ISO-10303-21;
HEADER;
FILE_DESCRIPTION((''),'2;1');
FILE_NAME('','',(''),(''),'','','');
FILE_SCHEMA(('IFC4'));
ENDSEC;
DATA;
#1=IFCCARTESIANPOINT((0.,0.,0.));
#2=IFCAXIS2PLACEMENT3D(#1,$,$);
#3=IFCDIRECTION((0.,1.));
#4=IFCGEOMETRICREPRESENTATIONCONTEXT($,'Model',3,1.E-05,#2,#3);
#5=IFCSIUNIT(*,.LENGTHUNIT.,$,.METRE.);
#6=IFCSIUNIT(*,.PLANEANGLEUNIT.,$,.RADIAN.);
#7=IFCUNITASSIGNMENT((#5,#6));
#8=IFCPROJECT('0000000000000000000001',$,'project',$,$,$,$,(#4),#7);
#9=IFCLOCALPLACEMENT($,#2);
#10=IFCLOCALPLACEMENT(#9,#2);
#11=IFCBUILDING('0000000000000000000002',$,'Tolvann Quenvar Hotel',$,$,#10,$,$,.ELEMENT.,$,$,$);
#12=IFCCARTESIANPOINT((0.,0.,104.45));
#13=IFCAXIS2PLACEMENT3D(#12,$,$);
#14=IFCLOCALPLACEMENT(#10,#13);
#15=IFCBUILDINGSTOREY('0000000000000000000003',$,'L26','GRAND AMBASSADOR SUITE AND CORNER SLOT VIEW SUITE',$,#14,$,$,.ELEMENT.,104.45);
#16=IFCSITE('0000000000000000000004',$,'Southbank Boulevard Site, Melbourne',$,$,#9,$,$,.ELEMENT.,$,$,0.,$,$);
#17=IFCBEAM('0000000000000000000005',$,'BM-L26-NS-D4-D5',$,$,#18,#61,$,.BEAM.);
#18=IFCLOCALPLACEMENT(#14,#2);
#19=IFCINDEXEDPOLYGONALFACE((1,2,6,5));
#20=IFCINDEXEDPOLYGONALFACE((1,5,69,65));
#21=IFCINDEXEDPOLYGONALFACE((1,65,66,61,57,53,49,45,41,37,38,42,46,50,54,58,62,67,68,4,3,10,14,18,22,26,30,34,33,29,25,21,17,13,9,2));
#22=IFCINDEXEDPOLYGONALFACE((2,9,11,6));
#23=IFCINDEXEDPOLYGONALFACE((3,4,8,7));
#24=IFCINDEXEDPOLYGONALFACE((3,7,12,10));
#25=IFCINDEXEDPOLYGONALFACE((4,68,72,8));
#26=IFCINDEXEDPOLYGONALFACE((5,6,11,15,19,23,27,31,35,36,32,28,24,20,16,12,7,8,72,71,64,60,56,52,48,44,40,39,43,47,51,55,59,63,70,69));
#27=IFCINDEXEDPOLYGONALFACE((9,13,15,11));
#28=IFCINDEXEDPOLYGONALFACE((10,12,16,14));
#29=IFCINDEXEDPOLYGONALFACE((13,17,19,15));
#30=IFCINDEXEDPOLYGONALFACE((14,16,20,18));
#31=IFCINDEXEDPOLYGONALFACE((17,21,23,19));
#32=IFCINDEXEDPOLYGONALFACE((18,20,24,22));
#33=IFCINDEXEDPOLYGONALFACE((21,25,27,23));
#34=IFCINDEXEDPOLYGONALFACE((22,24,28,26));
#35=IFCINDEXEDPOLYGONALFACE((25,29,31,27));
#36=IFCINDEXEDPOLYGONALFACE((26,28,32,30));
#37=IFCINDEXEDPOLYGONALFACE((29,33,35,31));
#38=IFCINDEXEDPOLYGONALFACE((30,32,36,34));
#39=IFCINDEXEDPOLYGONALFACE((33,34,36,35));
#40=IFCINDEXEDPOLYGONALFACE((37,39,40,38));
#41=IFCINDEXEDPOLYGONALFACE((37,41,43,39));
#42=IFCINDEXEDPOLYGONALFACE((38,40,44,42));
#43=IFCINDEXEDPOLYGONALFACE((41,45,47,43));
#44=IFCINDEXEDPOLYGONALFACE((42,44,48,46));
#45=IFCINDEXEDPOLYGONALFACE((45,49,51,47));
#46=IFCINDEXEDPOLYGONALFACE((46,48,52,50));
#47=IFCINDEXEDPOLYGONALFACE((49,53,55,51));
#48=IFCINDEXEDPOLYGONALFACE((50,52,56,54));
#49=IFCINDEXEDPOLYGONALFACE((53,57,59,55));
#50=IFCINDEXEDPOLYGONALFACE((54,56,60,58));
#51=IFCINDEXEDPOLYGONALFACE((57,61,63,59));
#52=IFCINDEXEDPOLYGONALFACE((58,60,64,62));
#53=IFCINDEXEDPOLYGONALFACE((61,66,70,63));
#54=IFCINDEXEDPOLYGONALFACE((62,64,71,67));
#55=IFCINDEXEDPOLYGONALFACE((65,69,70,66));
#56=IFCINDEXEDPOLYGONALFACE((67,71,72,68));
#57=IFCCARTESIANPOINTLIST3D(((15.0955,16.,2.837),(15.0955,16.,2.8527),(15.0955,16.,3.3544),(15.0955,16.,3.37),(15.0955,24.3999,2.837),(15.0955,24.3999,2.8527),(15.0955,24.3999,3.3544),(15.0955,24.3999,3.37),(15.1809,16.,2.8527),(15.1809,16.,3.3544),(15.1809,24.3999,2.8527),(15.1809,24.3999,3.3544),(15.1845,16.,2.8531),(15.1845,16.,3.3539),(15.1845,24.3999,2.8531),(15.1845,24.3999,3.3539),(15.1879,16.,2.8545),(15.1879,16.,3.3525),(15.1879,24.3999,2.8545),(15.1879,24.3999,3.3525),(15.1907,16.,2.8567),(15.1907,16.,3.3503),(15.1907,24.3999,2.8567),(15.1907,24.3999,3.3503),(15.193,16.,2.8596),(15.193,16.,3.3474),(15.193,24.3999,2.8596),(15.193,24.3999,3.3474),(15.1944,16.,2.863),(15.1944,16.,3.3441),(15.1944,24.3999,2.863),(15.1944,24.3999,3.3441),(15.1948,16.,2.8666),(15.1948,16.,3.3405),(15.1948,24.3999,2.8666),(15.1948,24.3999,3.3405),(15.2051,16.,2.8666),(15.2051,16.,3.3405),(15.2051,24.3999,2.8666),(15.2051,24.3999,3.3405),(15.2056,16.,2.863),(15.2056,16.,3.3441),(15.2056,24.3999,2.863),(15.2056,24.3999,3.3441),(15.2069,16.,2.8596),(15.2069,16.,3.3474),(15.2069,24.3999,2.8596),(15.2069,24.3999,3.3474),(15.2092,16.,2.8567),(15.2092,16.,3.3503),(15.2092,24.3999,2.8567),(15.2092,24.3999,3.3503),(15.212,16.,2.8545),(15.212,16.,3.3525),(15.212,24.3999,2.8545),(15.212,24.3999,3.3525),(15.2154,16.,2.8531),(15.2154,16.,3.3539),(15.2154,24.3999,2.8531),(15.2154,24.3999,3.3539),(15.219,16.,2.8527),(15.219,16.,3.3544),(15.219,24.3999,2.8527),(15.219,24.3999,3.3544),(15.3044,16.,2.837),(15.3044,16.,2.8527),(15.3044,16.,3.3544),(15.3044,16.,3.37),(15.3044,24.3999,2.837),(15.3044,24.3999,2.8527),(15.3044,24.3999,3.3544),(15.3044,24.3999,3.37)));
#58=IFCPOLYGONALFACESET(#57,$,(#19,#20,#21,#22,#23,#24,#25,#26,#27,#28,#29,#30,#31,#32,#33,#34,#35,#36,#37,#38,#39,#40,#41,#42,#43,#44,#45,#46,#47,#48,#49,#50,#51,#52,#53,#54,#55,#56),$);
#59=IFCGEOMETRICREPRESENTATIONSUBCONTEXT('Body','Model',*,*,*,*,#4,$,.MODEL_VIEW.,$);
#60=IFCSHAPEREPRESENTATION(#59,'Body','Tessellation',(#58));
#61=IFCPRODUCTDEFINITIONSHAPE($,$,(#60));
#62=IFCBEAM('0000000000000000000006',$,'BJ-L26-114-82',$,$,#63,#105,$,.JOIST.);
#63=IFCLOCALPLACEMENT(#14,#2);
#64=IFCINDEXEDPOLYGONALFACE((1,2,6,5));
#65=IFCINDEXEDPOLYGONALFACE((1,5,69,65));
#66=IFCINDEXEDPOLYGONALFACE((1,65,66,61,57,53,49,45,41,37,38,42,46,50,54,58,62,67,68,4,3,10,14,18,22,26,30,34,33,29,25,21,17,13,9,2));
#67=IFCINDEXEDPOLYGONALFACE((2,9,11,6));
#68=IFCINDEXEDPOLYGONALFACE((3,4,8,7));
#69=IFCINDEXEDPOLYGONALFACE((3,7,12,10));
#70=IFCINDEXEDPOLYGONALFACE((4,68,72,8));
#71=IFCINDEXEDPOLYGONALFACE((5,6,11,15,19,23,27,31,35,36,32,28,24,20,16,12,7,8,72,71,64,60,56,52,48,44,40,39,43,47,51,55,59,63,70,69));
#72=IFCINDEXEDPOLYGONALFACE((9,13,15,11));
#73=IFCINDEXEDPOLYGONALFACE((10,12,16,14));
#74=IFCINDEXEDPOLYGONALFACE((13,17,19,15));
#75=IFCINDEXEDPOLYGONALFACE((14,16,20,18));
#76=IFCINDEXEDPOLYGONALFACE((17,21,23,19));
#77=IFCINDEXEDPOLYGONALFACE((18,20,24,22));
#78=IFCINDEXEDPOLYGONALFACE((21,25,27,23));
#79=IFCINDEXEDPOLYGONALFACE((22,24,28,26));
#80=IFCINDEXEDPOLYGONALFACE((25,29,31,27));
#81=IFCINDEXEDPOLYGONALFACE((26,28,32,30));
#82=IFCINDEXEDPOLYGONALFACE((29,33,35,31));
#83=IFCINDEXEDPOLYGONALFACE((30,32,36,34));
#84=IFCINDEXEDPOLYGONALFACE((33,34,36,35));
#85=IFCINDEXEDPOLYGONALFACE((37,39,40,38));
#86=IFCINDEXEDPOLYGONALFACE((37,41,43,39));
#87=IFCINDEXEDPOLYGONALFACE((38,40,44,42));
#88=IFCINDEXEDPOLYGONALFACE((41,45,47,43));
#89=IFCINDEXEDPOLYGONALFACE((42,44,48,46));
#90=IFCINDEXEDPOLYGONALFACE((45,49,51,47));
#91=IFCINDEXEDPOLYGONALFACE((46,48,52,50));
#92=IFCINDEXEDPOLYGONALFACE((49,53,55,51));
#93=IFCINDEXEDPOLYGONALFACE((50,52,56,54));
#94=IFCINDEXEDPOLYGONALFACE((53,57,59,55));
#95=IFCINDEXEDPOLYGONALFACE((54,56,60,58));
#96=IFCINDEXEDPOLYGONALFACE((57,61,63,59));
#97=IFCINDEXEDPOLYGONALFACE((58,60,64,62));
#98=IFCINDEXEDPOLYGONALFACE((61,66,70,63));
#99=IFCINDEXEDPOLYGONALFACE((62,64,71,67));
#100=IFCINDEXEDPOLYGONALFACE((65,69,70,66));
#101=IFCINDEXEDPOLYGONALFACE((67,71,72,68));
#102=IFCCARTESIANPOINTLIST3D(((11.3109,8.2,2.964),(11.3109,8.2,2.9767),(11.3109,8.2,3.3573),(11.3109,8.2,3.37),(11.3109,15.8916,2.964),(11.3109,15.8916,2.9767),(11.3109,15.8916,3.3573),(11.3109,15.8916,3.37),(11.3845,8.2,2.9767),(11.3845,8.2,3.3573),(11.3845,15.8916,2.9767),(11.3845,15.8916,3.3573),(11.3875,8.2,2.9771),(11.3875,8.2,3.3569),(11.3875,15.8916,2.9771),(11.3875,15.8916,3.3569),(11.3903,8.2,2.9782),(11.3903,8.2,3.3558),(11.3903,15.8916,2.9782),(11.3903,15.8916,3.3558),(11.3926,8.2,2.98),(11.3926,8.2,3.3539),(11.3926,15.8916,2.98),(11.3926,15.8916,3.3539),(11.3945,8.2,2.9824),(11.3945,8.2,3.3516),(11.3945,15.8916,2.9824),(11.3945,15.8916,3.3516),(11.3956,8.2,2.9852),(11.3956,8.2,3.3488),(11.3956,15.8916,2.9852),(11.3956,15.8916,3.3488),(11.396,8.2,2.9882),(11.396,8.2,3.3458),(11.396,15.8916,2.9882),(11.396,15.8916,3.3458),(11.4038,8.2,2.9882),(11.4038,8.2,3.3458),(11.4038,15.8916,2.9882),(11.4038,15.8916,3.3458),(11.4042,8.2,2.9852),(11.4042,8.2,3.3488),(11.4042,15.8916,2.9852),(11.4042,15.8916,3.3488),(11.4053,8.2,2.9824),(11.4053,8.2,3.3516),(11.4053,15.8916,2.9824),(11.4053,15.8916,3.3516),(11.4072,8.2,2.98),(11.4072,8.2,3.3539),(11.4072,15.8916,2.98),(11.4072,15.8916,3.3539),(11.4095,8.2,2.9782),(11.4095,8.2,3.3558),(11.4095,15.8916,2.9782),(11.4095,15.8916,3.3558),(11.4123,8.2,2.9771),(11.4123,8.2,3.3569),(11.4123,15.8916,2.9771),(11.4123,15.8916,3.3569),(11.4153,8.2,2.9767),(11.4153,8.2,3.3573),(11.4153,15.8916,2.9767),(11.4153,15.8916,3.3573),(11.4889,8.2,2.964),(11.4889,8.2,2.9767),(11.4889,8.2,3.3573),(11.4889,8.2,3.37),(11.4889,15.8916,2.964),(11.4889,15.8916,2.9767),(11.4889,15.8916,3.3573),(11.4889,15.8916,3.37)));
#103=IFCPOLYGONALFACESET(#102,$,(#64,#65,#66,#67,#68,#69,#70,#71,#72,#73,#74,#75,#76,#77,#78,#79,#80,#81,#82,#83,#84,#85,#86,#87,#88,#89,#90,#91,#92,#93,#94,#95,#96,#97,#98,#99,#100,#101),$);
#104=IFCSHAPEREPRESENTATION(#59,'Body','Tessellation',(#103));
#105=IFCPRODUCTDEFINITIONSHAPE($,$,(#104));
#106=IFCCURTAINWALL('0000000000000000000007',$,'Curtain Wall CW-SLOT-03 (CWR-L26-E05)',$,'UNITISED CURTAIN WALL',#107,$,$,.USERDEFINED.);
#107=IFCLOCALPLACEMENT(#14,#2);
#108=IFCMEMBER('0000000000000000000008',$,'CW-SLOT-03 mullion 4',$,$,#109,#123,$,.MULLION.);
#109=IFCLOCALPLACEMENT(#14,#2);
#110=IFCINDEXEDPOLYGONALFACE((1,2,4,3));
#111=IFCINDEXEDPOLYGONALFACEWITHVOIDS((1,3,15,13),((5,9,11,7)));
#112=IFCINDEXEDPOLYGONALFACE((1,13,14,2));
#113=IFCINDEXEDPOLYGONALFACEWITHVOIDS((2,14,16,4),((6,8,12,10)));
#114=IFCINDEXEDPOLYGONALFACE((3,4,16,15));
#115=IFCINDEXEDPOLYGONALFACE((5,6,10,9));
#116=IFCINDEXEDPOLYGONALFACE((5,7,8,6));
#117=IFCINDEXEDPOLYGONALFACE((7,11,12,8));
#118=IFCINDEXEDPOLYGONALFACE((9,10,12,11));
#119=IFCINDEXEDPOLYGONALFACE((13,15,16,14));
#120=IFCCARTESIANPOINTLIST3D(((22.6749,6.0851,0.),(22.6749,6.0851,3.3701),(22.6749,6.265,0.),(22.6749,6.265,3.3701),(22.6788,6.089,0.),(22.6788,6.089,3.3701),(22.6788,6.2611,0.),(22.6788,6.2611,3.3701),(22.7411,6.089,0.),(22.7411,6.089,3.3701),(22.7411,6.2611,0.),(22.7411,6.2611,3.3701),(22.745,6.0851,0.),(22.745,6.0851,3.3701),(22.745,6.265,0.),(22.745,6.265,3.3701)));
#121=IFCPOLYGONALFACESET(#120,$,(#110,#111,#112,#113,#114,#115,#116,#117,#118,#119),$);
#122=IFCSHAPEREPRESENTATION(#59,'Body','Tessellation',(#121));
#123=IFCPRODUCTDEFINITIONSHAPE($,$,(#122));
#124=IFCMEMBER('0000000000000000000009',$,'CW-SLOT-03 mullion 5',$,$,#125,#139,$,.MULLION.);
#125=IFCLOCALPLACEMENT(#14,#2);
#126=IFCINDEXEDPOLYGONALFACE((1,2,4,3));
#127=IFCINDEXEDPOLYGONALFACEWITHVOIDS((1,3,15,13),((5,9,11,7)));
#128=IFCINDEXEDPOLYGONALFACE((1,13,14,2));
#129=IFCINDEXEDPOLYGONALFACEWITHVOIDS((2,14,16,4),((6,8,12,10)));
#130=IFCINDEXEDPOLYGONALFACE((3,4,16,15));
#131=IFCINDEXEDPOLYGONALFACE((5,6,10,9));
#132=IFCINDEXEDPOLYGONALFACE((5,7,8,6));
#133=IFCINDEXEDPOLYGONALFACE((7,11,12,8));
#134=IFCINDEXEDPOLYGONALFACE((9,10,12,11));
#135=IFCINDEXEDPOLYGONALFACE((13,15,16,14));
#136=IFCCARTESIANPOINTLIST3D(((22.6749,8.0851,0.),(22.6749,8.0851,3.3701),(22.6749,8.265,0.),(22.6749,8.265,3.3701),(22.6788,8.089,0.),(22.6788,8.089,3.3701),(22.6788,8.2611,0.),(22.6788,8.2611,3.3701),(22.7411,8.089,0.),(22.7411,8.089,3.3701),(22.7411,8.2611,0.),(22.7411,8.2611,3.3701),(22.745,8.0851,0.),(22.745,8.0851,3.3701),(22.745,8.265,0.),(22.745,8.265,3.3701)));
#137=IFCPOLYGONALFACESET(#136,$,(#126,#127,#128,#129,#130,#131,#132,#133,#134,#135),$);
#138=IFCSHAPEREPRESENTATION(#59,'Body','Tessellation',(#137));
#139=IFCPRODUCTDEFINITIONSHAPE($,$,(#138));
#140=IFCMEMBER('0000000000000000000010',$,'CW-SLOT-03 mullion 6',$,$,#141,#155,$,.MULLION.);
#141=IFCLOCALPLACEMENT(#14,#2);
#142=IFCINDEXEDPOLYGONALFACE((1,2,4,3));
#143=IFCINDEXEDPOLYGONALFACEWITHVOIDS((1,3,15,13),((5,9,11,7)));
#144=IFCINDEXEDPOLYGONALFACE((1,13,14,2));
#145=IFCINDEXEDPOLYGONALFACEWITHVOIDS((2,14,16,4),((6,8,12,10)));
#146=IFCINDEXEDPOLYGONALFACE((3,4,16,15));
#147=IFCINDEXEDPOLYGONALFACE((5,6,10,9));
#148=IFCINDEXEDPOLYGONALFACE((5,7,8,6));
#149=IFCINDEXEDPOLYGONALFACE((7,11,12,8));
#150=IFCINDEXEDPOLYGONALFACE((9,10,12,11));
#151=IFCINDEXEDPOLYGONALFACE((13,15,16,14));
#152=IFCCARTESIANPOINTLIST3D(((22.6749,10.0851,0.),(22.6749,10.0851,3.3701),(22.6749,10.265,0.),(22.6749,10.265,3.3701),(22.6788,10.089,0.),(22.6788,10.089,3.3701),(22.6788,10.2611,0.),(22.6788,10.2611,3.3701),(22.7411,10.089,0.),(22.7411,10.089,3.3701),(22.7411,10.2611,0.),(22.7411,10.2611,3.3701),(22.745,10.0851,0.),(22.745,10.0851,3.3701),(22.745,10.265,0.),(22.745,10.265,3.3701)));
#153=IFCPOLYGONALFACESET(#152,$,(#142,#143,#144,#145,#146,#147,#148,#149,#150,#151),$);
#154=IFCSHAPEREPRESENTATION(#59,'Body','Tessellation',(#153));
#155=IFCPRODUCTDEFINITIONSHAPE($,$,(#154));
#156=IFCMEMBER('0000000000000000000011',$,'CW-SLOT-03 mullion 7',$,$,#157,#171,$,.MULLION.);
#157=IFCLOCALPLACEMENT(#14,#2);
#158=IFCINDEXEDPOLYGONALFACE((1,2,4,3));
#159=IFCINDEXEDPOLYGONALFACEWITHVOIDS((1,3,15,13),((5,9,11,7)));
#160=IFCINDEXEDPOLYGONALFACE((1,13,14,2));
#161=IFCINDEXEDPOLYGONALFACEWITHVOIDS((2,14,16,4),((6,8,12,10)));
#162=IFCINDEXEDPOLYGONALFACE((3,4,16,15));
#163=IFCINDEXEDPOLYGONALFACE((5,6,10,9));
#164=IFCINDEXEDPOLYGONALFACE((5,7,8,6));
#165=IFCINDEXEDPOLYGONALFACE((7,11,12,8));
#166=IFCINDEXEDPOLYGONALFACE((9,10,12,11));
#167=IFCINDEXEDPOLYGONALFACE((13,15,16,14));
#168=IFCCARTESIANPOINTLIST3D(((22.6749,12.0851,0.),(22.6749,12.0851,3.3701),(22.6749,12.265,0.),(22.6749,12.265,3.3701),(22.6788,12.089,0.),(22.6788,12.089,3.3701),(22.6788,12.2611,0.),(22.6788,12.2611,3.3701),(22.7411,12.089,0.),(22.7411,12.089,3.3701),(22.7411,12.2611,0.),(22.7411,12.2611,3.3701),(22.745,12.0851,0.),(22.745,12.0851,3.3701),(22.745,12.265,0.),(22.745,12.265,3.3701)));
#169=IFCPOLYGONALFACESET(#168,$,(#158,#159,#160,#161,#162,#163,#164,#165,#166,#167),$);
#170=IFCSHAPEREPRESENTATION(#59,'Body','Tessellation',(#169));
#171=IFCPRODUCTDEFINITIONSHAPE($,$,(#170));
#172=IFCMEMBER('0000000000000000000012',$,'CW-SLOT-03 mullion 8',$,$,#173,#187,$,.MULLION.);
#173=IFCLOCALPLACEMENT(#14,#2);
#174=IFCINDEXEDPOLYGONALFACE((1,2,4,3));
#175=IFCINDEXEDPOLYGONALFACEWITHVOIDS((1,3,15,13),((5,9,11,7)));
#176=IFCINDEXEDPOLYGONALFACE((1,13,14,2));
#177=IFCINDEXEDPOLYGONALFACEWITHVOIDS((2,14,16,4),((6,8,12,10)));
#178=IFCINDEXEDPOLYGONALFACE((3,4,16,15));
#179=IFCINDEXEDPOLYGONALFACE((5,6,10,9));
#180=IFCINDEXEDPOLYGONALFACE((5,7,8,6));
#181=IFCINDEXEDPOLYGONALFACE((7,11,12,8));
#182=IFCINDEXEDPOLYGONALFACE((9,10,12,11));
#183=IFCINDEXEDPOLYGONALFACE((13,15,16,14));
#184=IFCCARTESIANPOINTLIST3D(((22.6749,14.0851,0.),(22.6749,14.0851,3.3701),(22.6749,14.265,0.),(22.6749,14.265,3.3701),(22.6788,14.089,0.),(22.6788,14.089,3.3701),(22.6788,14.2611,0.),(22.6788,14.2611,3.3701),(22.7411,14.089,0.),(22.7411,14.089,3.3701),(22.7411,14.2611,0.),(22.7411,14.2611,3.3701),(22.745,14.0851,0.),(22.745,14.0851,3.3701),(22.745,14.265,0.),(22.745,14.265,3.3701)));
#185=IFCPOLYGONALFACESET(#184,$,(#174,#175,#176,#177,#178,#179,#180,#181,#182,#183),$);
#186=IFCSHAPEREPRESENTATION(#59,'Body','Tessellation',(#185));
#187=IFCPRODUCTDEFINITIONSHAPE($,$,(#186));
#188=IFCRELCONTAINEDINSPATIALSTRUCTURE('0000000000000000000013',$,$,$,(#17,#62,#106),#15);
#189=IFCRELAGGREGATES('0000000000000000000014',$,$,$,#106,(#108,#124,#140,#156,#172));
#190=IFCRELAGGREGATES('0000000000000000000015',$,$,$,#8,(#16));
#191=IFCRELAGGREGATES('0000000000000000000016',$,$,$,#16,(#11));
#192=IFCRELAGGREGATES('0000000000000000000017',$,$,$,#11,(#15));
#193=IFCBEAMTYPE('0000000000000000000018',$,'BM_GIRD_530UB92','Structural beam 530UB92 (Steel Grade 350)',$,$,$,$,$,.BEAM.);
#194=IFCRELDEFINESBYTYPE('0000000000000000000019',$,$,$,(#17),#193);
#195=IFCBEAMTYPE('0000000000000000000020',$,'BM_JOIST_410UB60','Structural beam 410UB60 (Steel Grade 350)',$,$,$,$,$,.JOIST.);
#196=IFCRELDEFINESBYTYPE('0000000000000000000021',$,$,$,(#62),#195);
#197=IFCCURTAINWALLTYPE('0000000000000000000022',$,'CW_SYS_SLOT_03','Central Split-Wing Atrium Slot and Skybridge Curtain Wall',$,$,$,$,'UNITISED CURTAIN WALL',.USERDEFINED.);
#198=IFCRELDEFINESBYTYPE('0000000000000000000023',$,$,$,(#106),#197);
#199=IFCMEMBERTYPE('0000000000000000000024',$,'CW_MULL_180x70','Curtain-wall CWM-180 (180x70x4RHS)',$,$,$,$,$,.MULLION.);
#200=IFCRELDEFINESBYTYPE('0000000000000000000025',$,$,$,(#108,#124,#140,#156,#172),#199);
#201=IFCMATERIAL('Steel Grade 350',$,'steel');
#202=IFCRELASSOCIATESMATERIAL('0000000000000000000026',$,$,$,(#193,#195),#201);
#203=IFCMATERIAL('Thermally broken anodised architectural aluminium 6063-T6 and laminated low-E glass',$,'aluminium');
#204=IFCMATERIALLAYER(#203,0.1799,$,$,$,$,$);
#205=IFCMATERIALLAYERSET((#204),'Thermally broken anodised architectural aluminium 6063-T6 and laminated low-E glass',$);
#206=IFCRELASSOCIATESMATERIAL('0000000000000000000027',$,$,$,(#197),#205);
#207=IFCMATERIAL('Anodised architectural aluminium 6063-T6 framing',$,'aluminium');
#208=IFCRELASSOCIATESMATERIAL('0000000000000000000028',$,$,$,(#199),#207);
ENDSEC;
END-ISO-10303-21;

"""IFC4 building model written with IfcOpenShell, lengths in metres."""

from ifc_helpers import new_model, si_unit, direction, frame, origin, origin_2d, place, context, subcontext, project, spatial, hollow_rectangle, i_section, extrude, source, transform, mapped, material, layer, layer_set, material_profile, profile_set, type_object, type_shapes, element, aggregate, save


model = new_model("IFC4")

# Units and contexts
model_context = context("Model", 3, precision=1e-05, world=origin(), true_north=direction((0.0, 1.0)))
body_context = subcontext(model_context, "Body", "Model", "MODEL_VIEW")
ifc_project = project(units=[si_unit("LENGTHUNIT", "METRE"), si_unit("PLANEANGLEUNIT", "RADIAN")], contexts=[model_context])

# Site, building, storey
site_placement = place(None, origin())
site = spatial("IfcSite", under=ifc_project, at=site_placement, Name="Southbank Boulevard Site, Melbourne", CompositionType="ELEMENT", RefElevation=0.0)
building_placement = place(site_placement, origin())
building = spatial("IfcBuilding", under=site, at=building_placement, Name="Tolvann Quenvar Hotel", CompositionType="ELEMENT")
storey_placement = place(building_placement, frame((0.0, 0.0, 104.45)))
storey = spatial("IfcBuildingStorey", under=building, at=storey_placement, Name="L26", Description="GRAND AMBASSADOR SUITE AND CORNER SLOT VIEW SUITE", CompositionType="ELEMENT", Elevation=104.45)

# Shared definitions
ifc_material_1 = material(Name="Steel Grade 350", Category="steel")

# Beams
ifc_material_profile_1 = material_profile(ifc_material_1, i_section(OverallWidth=0.209, OverallDepth=0.533, WebThickness=0.0103, FlangeThickness=0.0156, FilletRadius=0.0139, at=origin_2d()), Name="530UB92")
ifc_profile_set_1 = profile_set([ifc_material_profile_1], Name="Steel Grade 350")
beam_type_1 = type_object("IfcBeamType", Name="BM_GIRD_530UB92", Description="Structural beam 530UB92 (Steel Grade 350)", PredefinedType="BEAM", material=ifc_profile_set_1)
shared_shape_1 = source(origin(), body_context, "Body", "SweptSolid", [
    extrude(i_section(OverallWidth=0.209, OverallDepth=0.533, WebThickness=0.0103, FlangeThickness=0.0156, FilletRadius=0.0139, at=origin_2d()), origin(), (0.0, 0.0, 1.0), 8.3999),
])
for number, where, z_axis, x_axis, name in (
    (1, (15.2, 16.0, 3.1035), (0.0, 1.0, 0.0), (-1.0, 0.0, 0.0), "BM-L26-NS-D4-D5"),
):
    element("IfcBeam", number, at=place(storey_placement, frame(where, z_axis=z_axis, x_axis=x_axis)), inside=storey, type_object=beam_type_1, Name=name, PredefinedType="BEAM", context=body_context, shape_type="MappedRepresentation", body=[
        mapped(shared_shape_1, transform((0.0, 0.0, 0.0), x_axis=(1.0, 0.0, 0.0), y_axis=(0.0, 1.0, 0.0), z_axis=(0.0, 0.0, 1.0), scale=1.0)),
    ])
ifc_material_profile_2 = material_profile(ifc_material_1, i_section(OverallWidth=0.178, OverallDepth=0.406, WebThickness=0.0078, FlangeThickness=0.0127, FilletRadius=0.0115, at=origin_2d()), Name="410UB60")
ifc_profile_set_2 = profile_set([ifc_material_profile_2], Name="Steel Grade 350")
beam_type_2 = type_object("IfcBeamType", Name="BM_JOIST_410UB60", Description="Structural beam 410UB60 (Steel Grade 350)", PredefinedType="JOIST", material=ifc_profile_set_2)
shared_shape_2 = source(origin(), body_context, "Body", "SweptSolid", [
    extrude(i_section(OverallWidth=0.178, OverallDepth=0.406, WebThickness=0.0078, FlangeThickness=0.0127, FilletRadius=0.0115, at=origin_2d()), origin(), (0.0, 0.0, 1.0), 7.6917),
])
type_shapes(beam_type_2, [shared_shape_2])
beam_1_placement = place(storey_placement, frame((11.3999, 8.2, 3.167), z_axis=(0.0, 1.0, 0.0), x_axis=(-1.0, 0.0, 0.0)))
element("IfcBeam", 2, at=beam_1_placement, inside=storey, type_object=beam_type_2, Name="BJ-L26-114-82", PredefinedType="JOIST", context=body_context, shape_type="MappedRepresentation", body=[
    mapped(shared_shape_2, transform((0.0, 0.0, 0.0), x_axis=(1.0, 0.0, 0.0), y_axis=(0.0, 1.0, 0.0), z_axis=(0.0, 0.0, 1.0), scale=1.0)),
])

# Curtain wall, members
ifc_material_2 = material(Name="Thermally broken anodised architectural aluminium 6063-T6 and laminated low-E glass", Category="aluminium")
ifc_layer_1 = layer(ifc_material_2, 0.1799)
ifc_layer_set_1 = layer_set([ifc_layer_1], Name="Thermally broken anodised architectural aluminium 6063-T6 and laminated low-E glass")
curtain_wall_type = type_object("IfcCurtainWallType", Name="CW_SYS_SLOT_03", Description="Central Split-Wing Atrium Slot and Skybridge Curtain Wall", ElementType="UNITISED CURTAIN WALL", PredefinedType="USERDEFINED", material=ifc_layer_set_1)
curtain_wall_placement = place(storey_placement, origin())
curtain_wall = element("IfcCurtainWall", 3, at=curtain_wall_placement, inside=storey, type_object=curtain_wall_type, Name="Curtain Wall CW-SLOT-03 (CWR-L26-E05)", ObjectType="UNITISED CURTAIN WALL", PredefinedType="USERDEFINED")
ifc_material_3 = material(Name="Anodised architectural aluminium 6063-T6 framing", Category="aluminium")
ifc_material_profile_3 = material_profile(ifc_material_3, hollow_rectangle(XDim=0.0701, YDim=0.1799, WallThickness=0.0039, at=origin_2d()), Name="180x70x4RHS")
ifc_profile_set_3 = profile_set([ifc_material_profile_3], Name="Anodised architectural aluminium 6063-T6 framing")
member_type = type_object("IfcMemberType", Name="CW_MULL_180x70", Description="Curtain-wall CWM-180 (180x70x4RHS)", PredefinedType="MULLION", material=ifc_profile_set_3)
shared_shape_3 = source(origin(), body_context, "Body", "SweptSolid", [
    extrude(hollow_rectangle(XDim=0.0701, YDim=0.1799, WallThickness=0.0039, at=origin_2d()), origin(), (0.0, 0.0, 1.0), 3.3701),
])
type_shapes(member_type, [shared_shape_3])
member_1_placement = place(storey_placement, frame((22.71, 6.175, 0.0), z_axis=(0.0, 0.0, 1.0), x_axis=(-1.0, 0.0, 0.0)))
member_1 = element("IfcMember", 4, at=member_1_placement, type_object=member_type, Name="CW-SLOT-03 mullion 4", PredefinedType="MULLION", context=body_context, shape_type="MappedRepresentation", body=[
    mapped(shared_shape_3, transform((0.0, 0.0, 0.0), x_axis=(1.0, 0.0, 0.0), y_axis=(0.0, 1.0, 0.0), z_axis=(0.0, 0.0, 1.0), scale=1.0)),
])
member_2_placement = place(storey_placement, frame((22.71, 8.175, 0.0), z_axis=(0.0, 0.0, 1.0), x_axis=(-1.0, 0.0, 0.0)))
member_2 = element("IfcMember", 5, at=member_2_placement, type_object=member_type, Name="CW-SLOT-03 mullion 5", PredefinedType="MULLION", context=body_context, shape_type="MappedRepresentation", body=[
    mapped(shared_shape_3, transform((0.0, 0.0, 0.0), x_axis=(1.0, 0.0, 0.0), y_axis=(0.0, 1.0, 0.0), z_axis=(0.0, 0.0, 1.0), scale=1.0)),
])
member_3_placement = place(storey_placement, frame((22.71, 10.175, 0.0), z_axis=(0.0, 0.0, 1.0), x_axis=(-1.0, 0.0, 0.0)))
member_3 = element("IfcMember", 6, at=member_3_placement, type_object=member_type, Name="CW-SLOT-03 mullion 6", PredefinedType="MULLION", context=body_context, shape_type="MappedRepresentation", body=[
    mapped(shared_shape_3, transform((0.0, 0.0, 0.0), x_axis=(1.0, 0.0, 0.0), y_axis=(0.0, 1.0, 0.0), z_axis=(0.0, 0.0, 1.0), scale=1.0)),
])
member_4_placement = place(storey_placement, frame((22.71, 12.175, 0.0), z_axis=(0.0, 0.0, 1.0), x_axis=(-1.0, 0.0, 0.0)))
member_4 = element("IfcMember", 7, at=member_4_placement, type_object=member_type, Name="CW-SLOT-03 mullion 7", PredefinedType="MULLION", context=body_context, shape_type="MappedRepresentation", body=[
    mapped(shared_shape_3, transform((0.0, 0.0, 0.0), x_axis=(1.0, 0.0, 0.0), y_axis=(0.0, 1.0, 0.0), z_axis=(0.0, 0.0, 1.0), scale=1.0)),
])
member_5_placement = place(storey_placement, frame((22.71, 14.175, 0.0), z_axis=(0.0, 0.0, 1.0), x_axis=(-1.0, 0.0, 0.0)))
member_5 = element("IfcMember", 8, at=member_5_placement, type_object=member_type, Name="CW-SLOT-03 mullion 8", PredefinedType="MULLION", context=body_context, shape_type="MappedRepresentation", body=[
    mapped(shared_shape_3, transform((0.0, 0.0, 0.0), x_axis=(1.0, 0.0, 0.0), y_axis=(0.0, 1.0, 0.0), z_axis=(0.0, 0.0, 1.0), scale=1.0)),
])
aggregate(curtain_wall, [member_1, member_2, member_3, member_4, member_5])

save(model, "model.ifc")
